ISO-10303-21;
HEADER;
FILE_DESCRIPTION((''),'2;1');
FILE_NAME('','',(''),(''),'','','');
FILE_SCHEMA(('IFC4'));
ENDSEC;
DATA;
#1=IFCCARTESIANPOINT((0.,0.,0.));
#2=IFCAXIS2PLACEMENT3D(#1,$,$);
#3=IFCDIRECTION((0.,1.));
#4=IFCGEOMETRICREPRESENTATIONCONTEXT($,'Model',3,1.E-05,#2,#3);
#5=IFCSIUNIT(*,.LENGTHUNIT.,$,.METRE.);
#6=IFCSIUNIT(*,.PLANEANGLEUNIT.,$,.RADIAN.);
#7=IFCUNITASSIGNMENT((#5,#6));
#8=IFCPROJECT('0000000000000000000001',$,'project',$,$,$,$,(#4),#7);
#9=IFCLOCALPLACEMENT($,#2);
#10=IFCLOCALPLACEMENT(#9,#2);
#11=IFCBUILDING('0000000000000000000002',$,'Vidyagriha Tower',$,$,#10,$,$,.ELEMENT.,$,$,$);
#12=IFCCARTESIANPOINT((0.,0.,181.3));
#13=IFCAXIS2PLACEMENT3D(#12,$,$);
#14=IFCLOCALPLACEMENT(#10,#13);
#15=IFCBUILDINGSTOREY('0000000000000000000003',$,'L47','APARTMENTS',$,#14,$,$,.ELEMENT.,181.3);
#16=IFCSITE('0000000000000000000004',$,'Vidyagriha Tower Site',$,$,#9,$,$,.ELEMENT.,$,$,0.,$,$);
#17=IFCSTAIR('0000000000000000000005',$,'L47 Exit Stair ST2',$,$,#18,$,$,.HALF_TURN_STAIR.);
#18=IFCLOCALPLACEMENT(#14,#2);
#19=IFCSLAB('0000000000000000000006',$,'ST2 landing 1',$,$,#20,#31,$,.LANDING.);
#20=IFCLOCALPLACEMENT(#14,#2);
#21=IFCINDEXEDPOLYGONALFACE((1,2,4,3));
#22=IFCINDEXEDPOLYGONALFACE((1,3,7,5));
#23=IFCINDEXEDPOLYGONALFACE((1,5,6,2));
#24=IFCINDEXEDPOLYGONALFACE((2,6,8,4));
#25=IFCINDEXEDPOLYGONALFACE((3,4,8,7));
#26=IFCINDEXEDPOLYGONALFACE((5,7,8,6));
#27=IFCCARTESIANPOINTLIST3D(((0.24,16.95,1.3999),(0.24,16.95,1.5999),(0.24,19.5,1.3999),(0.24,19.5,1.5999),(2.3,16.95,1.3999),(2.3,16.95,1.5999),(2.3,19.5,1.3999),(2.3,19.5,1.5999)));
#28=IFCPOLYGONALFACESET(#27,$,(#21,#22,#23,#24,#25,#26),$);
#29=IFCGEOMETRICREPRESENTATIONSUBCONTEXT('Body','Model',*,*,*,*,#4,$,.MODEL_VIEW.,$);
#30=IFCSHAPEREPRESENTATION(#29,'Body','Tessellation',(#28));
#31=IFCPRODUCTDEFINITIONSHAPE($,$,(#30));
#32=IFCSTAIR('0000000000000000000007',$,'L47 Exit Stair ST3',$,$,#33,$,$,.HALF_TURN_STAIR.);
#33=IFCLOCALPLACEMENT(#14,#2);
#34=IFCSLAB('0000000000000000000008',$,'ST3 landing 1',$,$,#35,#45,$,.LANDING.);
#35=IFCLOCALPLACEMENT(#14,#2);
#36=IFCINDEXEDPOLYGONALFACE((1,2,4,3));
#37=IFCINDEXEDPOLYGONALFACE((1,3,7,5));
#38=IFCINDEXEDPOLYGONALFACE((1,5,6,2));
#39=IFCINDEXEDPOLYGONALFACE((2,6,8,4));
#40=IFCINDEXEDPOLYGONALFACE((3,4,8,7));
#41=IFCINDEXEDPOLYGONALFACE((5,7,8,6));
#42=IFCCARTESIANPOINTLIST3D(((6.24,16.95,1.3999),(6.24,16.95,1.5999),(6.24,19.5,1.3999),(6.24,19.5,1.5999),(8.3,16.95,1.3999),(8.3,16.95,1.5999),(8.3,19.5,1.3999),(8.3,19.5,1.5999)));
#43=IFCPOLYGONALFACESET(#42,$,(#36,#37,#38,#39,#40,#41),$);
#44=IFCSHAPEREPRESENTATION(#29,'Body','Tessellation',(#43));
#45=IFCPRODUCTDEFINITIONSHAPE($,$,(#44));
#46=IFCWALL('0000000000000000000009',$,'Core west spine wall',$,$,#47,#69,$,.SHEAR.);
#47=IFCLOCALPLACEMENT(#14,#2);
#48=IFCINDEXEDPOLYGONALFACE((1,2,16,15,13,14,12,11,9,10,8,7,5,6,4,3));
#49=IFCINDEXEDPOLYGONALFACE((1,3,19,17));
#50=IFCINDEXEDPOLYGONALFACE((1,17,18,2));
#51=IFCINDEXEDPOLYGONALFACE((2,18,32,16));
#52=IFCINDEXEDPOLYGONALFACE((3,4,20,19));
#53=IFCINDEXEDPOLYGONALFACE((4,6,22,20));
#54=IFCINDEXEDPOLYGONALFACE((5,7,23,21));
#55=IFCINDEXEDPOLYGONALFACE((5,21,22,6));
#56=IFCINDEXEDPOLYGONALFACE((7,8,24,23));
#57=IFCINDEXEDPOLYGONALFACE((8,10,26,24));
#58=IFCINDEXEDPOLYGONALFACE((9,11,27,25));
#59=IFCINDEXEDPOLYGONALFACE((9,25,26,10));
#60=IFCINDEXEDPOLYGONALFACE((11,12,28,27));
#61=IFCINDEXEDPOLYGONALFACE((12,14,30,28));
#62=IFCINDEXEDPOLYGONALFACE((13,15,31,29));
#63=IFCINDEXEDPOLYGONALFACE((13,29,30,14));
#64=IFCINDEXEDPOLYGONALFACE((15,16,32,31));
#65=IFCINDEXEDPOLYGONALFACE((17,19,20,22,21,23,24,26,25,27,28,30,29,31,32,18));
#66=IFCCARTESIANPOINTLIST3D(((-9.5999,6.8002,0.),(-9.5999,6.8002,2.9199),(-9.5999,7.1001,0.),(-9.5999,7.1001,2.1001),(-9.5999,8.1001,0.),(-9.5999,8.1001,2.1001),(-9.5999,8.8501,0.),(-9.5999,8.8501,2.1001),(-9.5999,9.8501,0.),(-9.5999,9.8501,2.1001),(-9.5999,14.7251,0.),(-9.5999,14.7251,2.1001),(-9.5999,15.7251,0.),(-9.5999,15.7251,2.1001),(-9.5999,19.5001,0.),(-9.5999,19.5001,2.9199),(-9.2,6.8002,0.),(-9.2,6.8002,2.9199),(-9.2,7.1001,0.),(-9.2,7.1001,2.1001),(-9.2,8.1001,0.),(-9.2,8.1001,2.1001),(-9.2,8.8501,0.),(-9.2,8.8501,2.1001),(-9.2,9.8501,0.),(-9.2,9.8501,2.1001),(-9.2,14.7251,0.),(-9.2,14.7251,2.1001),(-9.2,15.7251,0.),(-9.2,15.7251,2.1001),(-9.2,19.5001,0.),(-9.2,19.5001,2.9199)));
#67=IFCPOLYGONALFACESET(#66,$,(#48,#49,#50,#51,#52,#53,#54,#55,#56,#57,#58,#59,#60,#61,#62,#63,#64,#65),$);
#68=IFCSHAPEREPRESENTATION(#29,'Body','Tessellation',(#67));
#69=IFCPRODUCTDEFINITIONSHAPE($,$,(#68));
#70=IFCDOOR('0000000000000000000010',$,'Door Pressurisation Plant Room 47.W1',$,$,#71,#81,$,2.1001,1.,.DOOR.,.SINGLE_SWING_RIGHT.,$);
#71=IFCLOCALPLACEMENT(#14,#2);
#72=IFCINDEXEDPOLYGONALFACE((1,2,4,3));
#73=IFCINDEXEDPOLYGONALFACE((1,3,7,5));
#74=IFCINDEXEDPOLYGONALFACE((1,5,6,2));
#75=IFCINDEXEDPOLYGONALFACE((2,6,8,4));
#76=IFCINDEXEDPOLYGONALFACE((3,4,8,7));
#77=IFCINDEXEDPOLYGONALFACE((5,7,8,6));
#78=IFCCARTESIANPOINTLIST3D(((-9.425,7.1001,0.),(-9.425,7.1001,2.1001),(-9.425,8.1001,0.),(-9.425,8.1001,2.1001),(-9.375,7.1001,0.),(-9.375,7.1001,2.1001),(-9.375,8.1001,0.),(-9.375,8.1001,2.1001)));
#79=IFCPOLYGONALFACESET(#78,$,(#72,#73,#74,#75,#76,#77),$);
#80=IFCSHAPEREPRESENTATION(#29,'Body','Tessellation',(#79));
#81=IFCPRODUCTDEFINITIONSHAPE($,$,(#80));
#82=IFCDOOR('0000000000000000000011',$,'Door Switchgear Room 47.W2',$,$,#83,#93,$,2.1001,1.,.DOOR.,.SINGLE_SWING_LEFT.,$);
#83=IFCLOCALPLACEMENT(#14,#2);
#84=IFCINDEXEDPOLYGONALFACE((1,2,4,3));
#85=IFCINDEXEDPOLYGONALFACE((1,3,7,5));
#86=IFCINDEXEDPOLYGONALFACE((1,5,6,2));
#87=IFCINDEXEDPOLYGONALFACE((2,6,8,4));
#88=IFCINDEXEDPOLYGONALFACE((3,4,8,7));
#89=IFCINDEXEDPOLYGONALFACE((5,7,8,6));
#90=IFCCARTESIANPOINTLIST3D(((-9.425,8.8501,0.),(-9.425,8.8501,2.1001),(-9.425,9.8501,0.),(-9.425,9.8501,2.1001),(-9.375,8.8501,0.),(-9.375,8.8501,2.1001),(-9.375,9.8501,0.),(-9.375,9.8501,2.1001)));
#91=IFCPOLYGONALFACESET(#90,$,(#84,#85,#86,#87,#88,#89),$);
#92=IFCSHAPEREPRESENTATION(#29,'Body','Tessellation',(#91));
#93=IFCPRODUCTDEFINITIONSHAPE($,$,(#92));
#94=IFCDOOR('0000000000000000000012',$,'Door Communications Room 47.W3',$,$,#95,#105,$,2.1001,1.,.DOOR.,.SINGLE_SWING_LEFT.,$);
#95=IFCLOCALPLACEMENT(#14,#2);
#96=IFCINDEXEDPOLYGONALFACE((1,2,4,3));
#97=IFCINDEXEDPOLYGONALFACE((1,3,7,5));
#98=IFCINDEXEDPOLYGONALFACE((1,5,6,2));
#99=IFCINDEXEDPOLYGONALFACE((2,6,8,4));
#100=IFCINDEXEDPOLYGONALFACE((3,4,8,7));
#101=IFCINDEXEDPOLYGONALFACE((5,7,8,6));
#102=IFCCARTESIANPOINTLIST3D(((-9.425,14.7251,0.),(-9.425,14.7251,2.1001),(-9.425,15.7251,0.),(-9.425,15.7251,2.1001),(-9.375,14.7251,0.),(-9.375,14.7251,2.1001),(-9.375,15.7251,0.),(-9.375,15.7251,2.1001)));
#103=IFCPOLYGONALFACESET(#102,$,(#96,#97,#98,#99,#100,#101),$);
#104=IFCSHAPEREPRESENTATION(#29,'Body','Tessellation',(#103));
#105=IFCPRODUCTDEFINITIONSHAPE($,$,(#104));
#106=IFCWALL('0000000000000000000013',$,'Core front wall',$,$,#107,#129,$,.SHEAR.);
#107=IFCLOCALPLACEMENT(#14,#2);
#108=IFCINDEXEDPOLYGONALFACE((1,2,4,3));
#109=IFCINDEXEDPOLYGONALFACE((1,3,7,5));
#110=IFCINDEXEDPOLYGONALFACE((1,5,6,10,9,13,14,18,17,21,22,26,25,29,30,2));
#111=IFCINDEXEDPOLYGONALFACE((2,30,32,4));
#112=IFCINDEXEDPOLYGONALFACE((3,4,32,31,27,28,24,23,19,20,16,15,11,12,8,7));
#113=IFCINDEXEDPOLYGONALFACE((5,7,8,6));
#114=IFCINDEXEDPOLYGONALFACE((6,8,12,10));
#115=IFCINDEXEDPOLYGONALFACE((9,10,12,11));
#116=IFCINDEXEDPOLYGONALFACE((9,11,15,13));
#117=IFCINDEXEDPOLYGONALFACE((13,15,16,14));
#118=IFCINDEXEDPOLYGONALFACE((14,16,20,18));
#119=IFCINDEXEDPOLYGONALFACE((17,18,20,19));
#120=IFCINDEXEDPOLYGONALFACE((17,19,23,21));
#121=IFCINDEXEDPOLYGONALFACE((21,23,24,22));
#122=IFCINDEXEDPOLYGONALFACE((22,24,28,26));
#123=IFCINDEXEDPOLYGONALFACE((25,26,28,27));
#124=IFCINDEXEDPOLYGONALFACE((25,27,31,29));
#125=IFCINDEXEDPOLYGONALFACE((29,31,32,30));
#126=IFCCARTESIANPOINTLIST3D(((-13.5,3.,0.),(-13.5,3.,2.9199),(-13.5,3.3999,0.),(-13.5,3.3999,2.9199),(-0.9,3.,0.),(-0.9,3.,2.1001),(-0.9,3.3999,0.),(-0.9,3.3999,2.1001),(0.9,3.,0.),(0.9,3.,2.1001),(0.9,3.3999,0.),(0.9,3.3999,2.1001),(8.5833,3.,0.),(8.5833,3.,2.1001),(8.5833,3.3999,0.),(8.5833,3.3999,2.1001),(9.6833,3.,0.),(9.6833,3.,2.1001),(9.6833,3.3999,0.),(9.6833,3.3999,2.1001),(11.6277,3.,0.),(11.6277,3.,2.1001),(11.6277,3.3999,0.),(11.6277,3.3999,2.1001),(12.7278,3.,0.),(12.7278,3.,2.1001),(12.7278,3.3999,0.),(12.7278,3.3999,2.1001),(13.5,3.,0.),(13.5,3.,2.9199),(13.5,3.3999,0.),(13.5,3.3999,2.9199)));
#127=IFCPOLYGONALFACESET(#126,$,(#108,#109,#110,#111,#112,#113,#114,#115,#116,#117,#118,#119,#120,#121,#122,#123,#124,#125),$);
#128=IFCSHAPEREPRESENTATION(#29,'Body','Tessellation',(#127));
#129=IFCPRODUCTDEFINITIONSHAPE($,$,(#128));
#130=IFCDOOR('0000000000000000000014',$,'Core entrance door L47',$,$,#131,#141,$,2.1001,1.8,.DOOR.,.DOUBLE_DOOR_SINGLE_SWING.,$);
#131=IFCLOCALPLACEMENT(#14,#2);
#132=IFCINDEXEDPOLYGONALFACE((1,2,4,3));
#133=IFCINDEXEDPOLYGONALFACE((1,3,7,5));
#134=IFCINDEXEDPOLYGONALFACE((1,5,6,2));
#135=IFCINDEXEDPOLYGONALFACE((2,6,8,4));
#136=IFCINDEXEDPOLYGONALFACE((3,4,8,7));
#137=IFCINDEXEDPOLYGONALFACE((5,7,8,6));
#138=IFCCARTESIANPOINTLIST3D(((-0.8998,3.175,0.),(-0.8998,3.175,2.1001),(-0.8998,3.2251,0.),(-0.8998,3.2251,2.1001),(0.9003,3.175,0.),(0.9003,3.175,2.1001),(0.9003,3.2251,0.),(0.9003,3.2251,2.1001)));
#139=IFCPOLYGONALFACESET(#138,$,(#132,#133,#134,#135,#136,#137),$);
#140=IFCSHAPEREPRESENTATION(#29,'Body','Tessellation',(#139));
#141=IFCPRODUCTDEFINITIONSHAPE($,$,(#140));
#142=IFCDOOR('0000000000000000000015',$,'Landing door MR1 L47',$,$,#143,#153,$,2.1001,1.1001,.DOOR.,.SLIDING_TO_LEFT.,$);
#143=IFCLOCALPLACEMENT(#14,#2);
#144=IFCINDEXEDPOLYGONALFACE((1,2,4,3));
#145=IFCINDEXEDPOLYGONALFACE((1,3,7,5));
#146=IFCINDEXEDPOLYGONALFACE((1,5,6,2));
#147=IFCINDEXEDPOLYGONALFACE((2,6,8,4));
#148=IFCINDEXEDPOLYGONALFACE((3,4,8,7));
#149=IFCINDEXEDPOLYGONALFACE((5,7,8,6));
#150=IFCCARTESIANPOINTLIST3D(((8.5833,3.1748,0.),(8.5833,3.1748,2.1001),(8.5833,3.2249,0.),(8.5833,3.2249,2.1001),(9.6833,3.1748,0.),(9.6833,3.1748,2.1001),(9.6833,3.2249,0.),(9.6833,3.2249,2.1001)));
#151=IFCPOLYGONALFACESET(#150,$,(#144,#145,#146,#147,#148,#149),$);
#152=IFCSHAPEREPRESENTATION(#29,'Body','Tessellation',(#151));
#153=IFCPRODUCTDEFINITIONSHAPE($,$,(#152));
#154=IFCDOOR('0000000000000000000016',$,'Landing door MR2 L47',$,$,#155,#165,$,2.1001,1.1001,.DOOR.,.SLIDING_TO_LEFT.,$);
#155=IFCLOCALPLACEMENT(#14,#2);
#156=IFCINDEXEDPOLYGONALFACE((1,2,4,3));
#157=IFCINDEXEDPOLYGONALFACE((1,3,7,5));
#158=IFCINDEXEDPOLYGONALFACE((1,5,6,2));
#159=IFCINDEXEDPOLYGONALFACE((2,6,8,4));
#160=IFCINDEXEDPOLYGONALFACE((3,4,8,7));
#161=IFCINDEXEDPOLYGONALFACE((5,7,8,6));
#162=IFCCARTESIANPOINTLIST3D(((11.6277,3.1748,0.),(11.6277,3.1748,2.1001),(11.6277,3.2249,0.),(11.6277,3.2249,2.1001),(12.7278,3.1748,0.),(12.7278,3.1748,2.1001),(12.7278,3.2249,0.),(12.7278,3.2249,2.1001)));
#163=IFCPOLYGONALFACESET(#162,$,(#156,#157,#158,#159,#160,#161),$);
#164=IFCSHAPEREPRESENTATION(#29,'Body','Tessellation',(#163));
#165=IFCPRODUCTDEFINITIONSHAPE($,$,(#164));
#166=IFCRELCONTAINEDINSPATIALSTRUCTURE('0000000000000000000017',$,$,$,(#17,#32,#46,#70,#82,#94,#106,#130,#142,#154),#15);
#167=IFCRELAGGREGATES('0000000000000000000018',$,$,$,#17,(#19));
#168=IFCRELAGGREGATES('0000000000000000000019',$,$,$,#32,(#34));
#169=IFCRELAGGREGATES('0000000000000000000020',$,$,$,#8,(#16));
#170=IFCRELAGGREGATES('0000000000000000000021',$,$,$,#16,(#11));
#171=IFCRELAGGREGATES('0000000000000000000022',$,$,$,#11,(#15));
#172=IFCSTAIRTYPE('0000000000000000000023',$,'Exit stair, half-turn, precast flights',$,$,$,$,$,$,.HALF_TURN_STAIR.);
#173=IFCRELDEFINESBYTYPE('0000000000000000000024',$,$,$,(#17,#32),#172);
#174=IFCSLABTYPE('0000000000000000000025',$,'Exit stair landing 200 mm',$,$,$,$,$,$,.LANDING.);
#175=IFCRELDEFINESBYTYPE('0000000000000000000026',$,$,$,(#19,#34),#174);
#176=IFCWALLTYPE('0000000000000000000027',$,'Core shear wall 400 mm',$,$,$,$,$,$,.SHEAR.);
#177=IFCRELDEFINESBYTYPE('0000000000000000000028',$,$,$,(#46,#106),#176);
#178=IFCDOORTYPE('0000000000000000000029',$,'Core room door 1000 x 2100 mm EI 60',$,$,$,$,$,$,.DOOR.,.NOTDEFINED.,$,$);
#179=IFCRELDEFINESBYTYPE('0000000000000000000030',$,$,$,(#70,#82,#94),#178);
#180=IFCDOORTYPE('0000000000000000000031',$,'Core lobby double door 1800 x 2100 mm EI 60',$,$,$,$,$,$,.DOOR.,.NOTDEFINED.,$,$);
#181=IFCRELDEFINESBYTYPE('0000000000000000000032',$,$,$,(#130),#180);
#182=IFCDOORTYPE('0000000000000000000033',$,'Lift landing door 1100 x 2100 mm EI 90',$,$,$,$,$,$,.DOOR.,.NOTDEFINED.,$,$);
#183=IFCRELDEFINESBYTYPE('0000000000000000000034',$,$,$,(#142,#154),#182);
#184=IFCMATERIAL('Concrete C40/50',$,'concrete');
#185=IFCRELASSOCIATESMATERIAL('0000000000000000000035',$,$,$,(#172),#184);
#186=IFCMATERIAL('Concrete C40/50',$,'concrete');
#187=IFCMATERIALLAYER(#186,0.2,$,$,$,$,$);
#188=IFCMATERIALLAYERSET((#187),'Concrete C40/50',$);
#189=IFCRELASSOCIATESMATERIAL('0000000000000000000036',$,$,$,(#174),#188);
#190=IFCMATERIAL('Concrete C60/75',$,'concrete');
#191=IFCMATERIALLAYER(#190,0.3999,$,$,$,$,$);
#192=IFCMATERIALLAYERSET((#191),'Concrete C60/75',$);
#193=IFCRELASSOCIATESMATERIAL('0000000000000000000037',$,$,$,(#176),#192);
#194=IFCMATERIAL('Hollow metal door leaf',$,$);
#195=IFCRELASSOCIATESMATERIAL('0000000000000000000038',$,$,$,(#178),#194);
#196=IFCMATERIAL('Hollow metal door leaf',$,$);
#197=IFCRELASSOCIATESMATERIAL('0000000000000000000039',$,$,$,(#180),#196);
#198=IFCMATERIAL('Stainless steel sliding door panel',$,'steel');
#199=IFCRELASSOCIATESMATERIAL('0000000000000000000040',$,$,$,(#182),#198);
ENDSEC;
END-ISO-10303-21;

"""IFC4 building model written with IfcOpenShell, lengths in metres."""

from ifc_helpers import new_model, si_unit, direction, frame, frame_2d, origin, place, context, subcontext, project, spatial, polyline, rectangle, outline, extrude, material, layer, layer_set, type_object, element, fill, aggregate, save


model = new_model("IFC4")

# Units and contexts
model_context = context("Model", 3, precision=1e-05, world=origin(), true_north=direction((0.0, 1.0)))
body_context = subcontext(model_context, "Body", "Model", "MODEL_VIEW")
ifc_project = project(units=[si_unit("LENGTHUNIT", "METRE"), si_unit("PLANEANGLEUNIT", "RADIAN")], contexts=[model_context])

# Site, building, storey
site_placement = place(None, origin())
site = spatial("IfcSite", under=ifc_project, at=site_placement, Name="Vidyagriha Tower Site", CompositionType="ELEMENT", RefElevation=0.0)
building_placement = place(site_placement, origin())
building = spatial("IfcBuilding", under=site, at=building_placement, Name="Vidyagriha Tower", CompositionType="ELEMENT")
storey_placement = place(building_placement, frame((0.0, 0.0, 181.3)))
storey = spatial("IfcBuildingStorey", under=building, at=storey_placement, Name="L47", Description="APARTMENTS", CompositionType="ELEMENT", Elevation=181.3)

# Stairs, slabs
ifc_material_1 = material(Name="Concrete C40/50", Category="concrete")
stair_type = type_object("IfcStairType", Name="Exit stair, half-turn, precast flights", PredefinedType="HALF_TURN_STAIR", material=ifc_material_1)
stair_1_placement = place(storey_placement, origin())
stair_1 = element("IfcStair", 1, at=stair_1_placement, inside=storey, type_object=stair_type, Name="L47 Exit Stair ST2", PredefinedType="HALF_TURN_STAIR")
ifc_material_2 = material(Name="Concrete C40/50", Category="concrete")
ifc_layer_1 = layer(ifc_material_2, 0.2)
ifc_layer_set_1 = layer_set([ifc_layer_1], Name="Concrete C40/50")
slab_type = type_object("IfcSlabType", Name="Exit stair landing 200 mm", PredefinedType="LANDING", material=ifc_layer_set_1)
slab_1_placement = place(storey_placement, frame((0.0, 0.0, 1.3999)))
slab_1 = element("IfcSlab", 2, at=slab_1_placement, type_object=slab_type, Name="ST2 landing 1", PredefinedType="LANDING", context=body_context, shape_type="SweptSolid", body=[
    extrude(outline(polyline([(0.24, 16.95), (2.3, 16.95), (2.3, 19.5), (0.24, 19.5), (0.24, 16.95)])), origin(), (0.0, 0.0, 1.0), 0.2),
])
aggregate(stair_1, [slab_1])
stair_2_placement = place(storey_placement, origin())
stair_2 = element("IfcStair", 3, at=stair_2_placement, inside=storey, type_object=stair_type, Name="L47 Exit Stair ST3", PredefinedType="HALF_TURN_STAIR")
slab_2_placement = place(storey_placement, frame((0.0, 0.0, 1.3999)))
slab_2 = element("IfcSlab", 4, at=slab_2_placement, type_object=slab_type, Name="ST3 landing 1", PredefinedType="LANDING", context=body_context, shape_type="SweptSolid", body=[
    extrude(outline(polyline([(6.24, 16.95), (8.3, 16.95), (8.3, 19.5), (6.24, 19.5), (6.24, 16.95)])), origin(), (0.0, 0.0, 1.0), 0.2),
])
aggregate(stair_2, [slab_2])

# Walls, openings, doors
ifc_material_3 = material(Name="Concrete C60/75", Category="concrete")
ifc_layer_2 = layer(ifc_material_3, 0.3999)
ifc_layer_set_2 = layer_set([ifc_layer_2], Name="Concrete C60/75")
wall_type_1 = type_object("IfcWallType", Name="Core shear wall 400 mm", PredefinedType="SHEAR", material=ifc_layer_set_2)
wall_1_placement = place(storey_placement, frame((-9.3999, 6.8, 0.0), z_axis=(0.0, 0.0, 1.0), x_axis=(0.0, 1.0, 0.0)))
wall_1 = element("IfcWall", 5, at=wall_1_placement, inside=storey, type_object=wall_type_1, Name="Core west spine wall", PredefinedType="SHEAR", context=body_context, shape_type="SweptSolid", body=[
    extrude(rectangle(XDim=12.7, YDim=0.3999, at=frame_2d((6.3501, 0.0))), origin(), (0.0, 0.0, 1.0), 2.9199),
])
opening_1_placement = place(wall_1_placement, frame((0.3, 0.0, 0.0)))
opening_1 = element("IfcOpeningElement", 6, at=opening_1_placement, cuts=wall_1, PredefinedType="OPENING", context=body_context, shape_type="SweptSolid", body=[
    extrude(rectangle(XDim=1.0, YDim=2.1001, at=frame_2d((0.5, 1.05))), frame((0.0, 0.21, 0.0), z_axis=(0.0, -1.0, 0.0), x_axis=(1.0, 0.0, 0.0)), (0.0, 0.0, 1.0), 0.4199),
])
opening_2_placement = place(wall_1_placement, frame((2.05, 0.0, 0.0)))
opening_2 = element("IfcOpeningElement", 7, at=opening_2_placement, cuts=wall_1, PredefinedType="OPENING", context=body_context, shape_type="SweptSolid", body=[
    extrude(rectangle(XDim=1.0, YDim=2.1001, at=frame_2d((0.5, 1.05))), frame((0.0, 0.21, 0.0), z_axis=(0.0, -1.0, 0.0), x_axis=(1.0, 0.0, 0.0)), (0.0, 0.0, 1.0), 0.4199),
])
opening_3_placement = place(wall_1_placement, frame((7.925, 0.0, 0.0)))
opening_3 = element("IfcOpeningElement", 8, at=opening_3_placement, cuts=wall_1, PredefinedType="OPENING", context=body_context, shape_type="SweptSolid", body=[
    extrude(rectangle(XDim=1.0, YDim=2.1001, at=frame_2d((0.5, 1.05))), frame((0.0, 0.21, 0.0), z_axis=(0.0, -1.0, 0.0), x_axis=(1.0, 0.0, 0.0)), (0.0, 0.0, 1.0), 0.4199),
])
ifc_material_4 = material(Name="Hollow metal door leaf")
door_type_1 = type_object("IfcDoorType", Name="Core room door 1000 x 2100 mm EI 60", OperationType="NOTDEFINED", PredefinedType="DOOR", material=ifc_material_4)
door_1_placement = place(opening_1_placement, frame((1.0, 0.0, 0.0), z_axis=(0.0, 0.0, 1.0), x_axis=(-1.0, 0.0, 0.0)))
door_1 = element("IfcDoor", 9, at=door_1_placement, inside=storey, type_object=door_type_1, Name="Door Pressurisation Plant Room 47.W1", OperationType="SINGLE_SWING_RIGHT", OverallHeight=2.1001, OverallWidth=1.0, PredefinedType="DOOR", context=body_context, shape_type="SweptSolid", body=[
    extrude(rectangle(XDim=1.0, YDim=2.1001, at=frame_2d((0.5, 1.05))), frame((0.0, 0.0249, 0.0), z_axis=(0.0, -1.0, 0.0), x_axis=(1.0, 0.0, 0.0)), (0.0, 0.0, 1.0), 0.05),
])
fill(opening_1, door_1)
door_2_placement = place(opening_2_placement, frame((1.0, 0.0, 0.0), z_axis=(0.0, 0.0, 1.0), x_axis=(-1.0, 0.0, 0.0)))
door_2 = element("IfcDoor", 10, at=door_2_placement, inside=storey, type_object=door_type_1, Name="Door Switchgear Room 47.W2", OperationType="SINGLE_SWING_LEFT", OverallHeight=2.1001, OverallWidth=1.0, PredefinedType="DOOR", context=body_context, shape_type="SweptSolid", body=[
    extrude(rectangle(XDim=1.0, YDim=2.1001, at=frame_2d((0.5, 1.05))), frame((0.0, 0.0249, 0.0), z_axis=(0.0, -1.0, 0.0), x_axis=(1.0, 0.0, 0.0)), (0.0, 0.0, 1.0), 0.05),
])
fill(opening_2, door_2)
door_3_placement = place(opening_3_placement, frame((1.0, 0.0, 0.0), z_axis=(0.0, 0.0, 1.0), x_axis=(-1.0, 0.0, 0.0)))
door_3 = element("IfcDoor", 11, at=door_3_placement, inside=storey, type_object=door_type_1, Name="Door Communications Room 47.W3", OperationType="SINGLE_SWING_LEFT", OverallHeight=2.1001, OverallWidth=1.0, PredefinedType="DOOR", context=body_context, shape_type="SweptSolid", body=[
    extrude(rectangle(XDim=1.0, YDim=2.1001, at=frame_2d((0.5, 1.05))), frame((0.0, 0.0249, 0.0), z_axis=(0.0, -1.0, 0.0), x_axis=(1.0, 0.0, 0.0)), (0.0, 0.0, 1.0), 0.05),
])
fill(opening_3, door_3)
wall_2_placement = place(storey_placement, frame((-13.5, 3.2, 0.0)))
wall_2 = element("IfcWall", 12, at=wall_2_placement, inside=storey, type_object=wall_type_1, Name="Core front wall", PredefinedType="SHEAR", context=body_context, shape_type="SweptSolid", body=[
    extrude(rectangle(XDim=27.0, YDim=0.3999, at=frame_2d((13.5, 0.0))), origin(), (0.0, 0.0, 1.0), 2.9199),
])
opening_4_placement = place(wall_2_placement, frame((22.0833, 0.0, 0.0)))
opening_4 = element("IfcOpeningElement", 13, at=opening_4_placement, cuts=wall_2, PredefinedType="OPENING", context=body_context, shape_type="SweptSolid", body=[
    extrude(rectangle(XDim=1.1001, YDim=2.1001, at=frame_2d((0.55, 1.05))), frame((0.0, 0.21, 0.0), z_axis=(0.0, -1.0, 0.0), x_axis=(1.0, 0.0, 0.0)), (0.0, 0.0, 1.0), 0.4199),
])
opening_5_placement = place(wall_2_placement, frame((25.1277, 0.0, 0.0)))
opening_5 = element("IfcOpeningElement", 14, at=opening_5_placement, cuts=wall_2, PredefinedType="OPENING", context=body_context, shape_type="SweptSolid", body=[
    extrude(rectangle(XDim=1.1001, YDim=2.1001, at=frame_2d((0.55, 1.05))), frame((0.0, 0.21, 0.0), z_axis=(0.0, -1.0, 0.0), x_axis=(1.0, 0.0, 0.0)), (0.0, 0.0, 1.0), 0.4199),
])
opening_6_placement = place(wall_2_placement, frame((12.6001, 0.0, 0.0)))
opening_6 = element("IfcOpeningElement", 15, at=opening_6_placement, cuts=wall_2, PredefinedType="OPENING", context=body_context, shape_type="SweptSolid", body=[
    extrude(rectangle(XDim=1.8, YDim=2.1001, at=frame_2d((0.8999, 1.05))), frame((0.0, 0.21, 0.0), z_axis=(0.0, -1.0, 0.0), x_axis=(1.0, 0.0, 0.0)), (0.0, 0.0, 1.0), 0.4199),
])
ifc_material_5 = material(Name="Hollow metal door leaf")
door_type_2 = type_object("IfcDoorType", Name="Core lobby double door 1800 x 2100 mm EI 60", OperationType="NOTDEFINED", PredefinedType="DOOR", material=ifc_material_5)
door_4_placement = place(opening_6_placement, frame((1.8, 0.0, 0.0), z_axis=(0.0, 0.0, 1.0), x_axis=(-1.0, 0.0, 0.0)))
door_4 = element("IfcDoor", 16, at=door_4_placement, inside=storey, type_object=door_type_2, Name="Core entrance door L47", OperationType="DOUBLE_DOOR_SINGLE_SWING", OverallHeight=2.1001, OverallWidth=1.8, PredefinedType="DOOR", context=body_context, shape_type="SweptSolid", body=[
    extrude(rectangle(XDim=1.8, YDim=2.1001, at=frame_2d((0.8999, 1.05))), frame((0.0, 0.0249, 0.0), z_axis=(0.0, -1.0, 0.0), x_axis=(1.0, 0.0, 0.0)), (0.0, 0.0, 1.0), 0.05),
])
fill(opening_6, door_4)
ifc_material_6 = material(Name="Stainless steel sliding door panel", Category="steel")
door_type_3 = type_object("IfcDoorType", Name="Lift landing door 1100 x 2100 mm EI 90", OperationType="NOTDEFINED", PredefinedType="DOOR", material=ifc_material_6)
door_5_placement = place(opening_4_placement, origin())
door_5 = element("IfcDoor", 17, at=door_5_placement, inside=storey, type_object=door_type_3, Name="Landing door MR1 L47", OperationType="SLIDING_TO_LEFT", OverallHeight=2.1001, OverallWidth=1.1001, PredefinedType="DOOR", context=body_context, shape_type="SweptSolid", body=[
    extrude(rectangle(XDim=1.1001, YDim=2.1001, at=frame_2d((0.55, 1.05))), frame((0.0, 0.0249, 0.0), z_axis=(0.0, -1.0, 0.0), x_axis=(1.0, 0.0, 0.0)), (0.0, 0.0, 1.0), 0.05),
])
fill(opening_4, door_5)
door_6_placement = place(opening_5_placement, origin())
door_6 = element("IfcDoor", 18, at=door_6_placement, inside=storey, type_object=door_type_3, Name="Landing door MR2 L47", OperationType="SLIDING_TO_LEFT", OverallHeight=2.1001, OverallWidth=1.1001, PredefinedType="DOOR", context=body_context, shape_type="SweptSolid", body=[
    extrude(rectangle(XDim=1.1001, YDim=2.1001, at=frame_2d((0.55, 1.05))), frame((0.0, 0.0249, 0.0), z_axis=(0.0, -1.0, 0.0), x_axis=(1.0, 0.0, 0.0)), (0.0, 0.0, 1.0), 0.05),
])
fill(opening_5, door_6)

save(model, "model.ifc")
